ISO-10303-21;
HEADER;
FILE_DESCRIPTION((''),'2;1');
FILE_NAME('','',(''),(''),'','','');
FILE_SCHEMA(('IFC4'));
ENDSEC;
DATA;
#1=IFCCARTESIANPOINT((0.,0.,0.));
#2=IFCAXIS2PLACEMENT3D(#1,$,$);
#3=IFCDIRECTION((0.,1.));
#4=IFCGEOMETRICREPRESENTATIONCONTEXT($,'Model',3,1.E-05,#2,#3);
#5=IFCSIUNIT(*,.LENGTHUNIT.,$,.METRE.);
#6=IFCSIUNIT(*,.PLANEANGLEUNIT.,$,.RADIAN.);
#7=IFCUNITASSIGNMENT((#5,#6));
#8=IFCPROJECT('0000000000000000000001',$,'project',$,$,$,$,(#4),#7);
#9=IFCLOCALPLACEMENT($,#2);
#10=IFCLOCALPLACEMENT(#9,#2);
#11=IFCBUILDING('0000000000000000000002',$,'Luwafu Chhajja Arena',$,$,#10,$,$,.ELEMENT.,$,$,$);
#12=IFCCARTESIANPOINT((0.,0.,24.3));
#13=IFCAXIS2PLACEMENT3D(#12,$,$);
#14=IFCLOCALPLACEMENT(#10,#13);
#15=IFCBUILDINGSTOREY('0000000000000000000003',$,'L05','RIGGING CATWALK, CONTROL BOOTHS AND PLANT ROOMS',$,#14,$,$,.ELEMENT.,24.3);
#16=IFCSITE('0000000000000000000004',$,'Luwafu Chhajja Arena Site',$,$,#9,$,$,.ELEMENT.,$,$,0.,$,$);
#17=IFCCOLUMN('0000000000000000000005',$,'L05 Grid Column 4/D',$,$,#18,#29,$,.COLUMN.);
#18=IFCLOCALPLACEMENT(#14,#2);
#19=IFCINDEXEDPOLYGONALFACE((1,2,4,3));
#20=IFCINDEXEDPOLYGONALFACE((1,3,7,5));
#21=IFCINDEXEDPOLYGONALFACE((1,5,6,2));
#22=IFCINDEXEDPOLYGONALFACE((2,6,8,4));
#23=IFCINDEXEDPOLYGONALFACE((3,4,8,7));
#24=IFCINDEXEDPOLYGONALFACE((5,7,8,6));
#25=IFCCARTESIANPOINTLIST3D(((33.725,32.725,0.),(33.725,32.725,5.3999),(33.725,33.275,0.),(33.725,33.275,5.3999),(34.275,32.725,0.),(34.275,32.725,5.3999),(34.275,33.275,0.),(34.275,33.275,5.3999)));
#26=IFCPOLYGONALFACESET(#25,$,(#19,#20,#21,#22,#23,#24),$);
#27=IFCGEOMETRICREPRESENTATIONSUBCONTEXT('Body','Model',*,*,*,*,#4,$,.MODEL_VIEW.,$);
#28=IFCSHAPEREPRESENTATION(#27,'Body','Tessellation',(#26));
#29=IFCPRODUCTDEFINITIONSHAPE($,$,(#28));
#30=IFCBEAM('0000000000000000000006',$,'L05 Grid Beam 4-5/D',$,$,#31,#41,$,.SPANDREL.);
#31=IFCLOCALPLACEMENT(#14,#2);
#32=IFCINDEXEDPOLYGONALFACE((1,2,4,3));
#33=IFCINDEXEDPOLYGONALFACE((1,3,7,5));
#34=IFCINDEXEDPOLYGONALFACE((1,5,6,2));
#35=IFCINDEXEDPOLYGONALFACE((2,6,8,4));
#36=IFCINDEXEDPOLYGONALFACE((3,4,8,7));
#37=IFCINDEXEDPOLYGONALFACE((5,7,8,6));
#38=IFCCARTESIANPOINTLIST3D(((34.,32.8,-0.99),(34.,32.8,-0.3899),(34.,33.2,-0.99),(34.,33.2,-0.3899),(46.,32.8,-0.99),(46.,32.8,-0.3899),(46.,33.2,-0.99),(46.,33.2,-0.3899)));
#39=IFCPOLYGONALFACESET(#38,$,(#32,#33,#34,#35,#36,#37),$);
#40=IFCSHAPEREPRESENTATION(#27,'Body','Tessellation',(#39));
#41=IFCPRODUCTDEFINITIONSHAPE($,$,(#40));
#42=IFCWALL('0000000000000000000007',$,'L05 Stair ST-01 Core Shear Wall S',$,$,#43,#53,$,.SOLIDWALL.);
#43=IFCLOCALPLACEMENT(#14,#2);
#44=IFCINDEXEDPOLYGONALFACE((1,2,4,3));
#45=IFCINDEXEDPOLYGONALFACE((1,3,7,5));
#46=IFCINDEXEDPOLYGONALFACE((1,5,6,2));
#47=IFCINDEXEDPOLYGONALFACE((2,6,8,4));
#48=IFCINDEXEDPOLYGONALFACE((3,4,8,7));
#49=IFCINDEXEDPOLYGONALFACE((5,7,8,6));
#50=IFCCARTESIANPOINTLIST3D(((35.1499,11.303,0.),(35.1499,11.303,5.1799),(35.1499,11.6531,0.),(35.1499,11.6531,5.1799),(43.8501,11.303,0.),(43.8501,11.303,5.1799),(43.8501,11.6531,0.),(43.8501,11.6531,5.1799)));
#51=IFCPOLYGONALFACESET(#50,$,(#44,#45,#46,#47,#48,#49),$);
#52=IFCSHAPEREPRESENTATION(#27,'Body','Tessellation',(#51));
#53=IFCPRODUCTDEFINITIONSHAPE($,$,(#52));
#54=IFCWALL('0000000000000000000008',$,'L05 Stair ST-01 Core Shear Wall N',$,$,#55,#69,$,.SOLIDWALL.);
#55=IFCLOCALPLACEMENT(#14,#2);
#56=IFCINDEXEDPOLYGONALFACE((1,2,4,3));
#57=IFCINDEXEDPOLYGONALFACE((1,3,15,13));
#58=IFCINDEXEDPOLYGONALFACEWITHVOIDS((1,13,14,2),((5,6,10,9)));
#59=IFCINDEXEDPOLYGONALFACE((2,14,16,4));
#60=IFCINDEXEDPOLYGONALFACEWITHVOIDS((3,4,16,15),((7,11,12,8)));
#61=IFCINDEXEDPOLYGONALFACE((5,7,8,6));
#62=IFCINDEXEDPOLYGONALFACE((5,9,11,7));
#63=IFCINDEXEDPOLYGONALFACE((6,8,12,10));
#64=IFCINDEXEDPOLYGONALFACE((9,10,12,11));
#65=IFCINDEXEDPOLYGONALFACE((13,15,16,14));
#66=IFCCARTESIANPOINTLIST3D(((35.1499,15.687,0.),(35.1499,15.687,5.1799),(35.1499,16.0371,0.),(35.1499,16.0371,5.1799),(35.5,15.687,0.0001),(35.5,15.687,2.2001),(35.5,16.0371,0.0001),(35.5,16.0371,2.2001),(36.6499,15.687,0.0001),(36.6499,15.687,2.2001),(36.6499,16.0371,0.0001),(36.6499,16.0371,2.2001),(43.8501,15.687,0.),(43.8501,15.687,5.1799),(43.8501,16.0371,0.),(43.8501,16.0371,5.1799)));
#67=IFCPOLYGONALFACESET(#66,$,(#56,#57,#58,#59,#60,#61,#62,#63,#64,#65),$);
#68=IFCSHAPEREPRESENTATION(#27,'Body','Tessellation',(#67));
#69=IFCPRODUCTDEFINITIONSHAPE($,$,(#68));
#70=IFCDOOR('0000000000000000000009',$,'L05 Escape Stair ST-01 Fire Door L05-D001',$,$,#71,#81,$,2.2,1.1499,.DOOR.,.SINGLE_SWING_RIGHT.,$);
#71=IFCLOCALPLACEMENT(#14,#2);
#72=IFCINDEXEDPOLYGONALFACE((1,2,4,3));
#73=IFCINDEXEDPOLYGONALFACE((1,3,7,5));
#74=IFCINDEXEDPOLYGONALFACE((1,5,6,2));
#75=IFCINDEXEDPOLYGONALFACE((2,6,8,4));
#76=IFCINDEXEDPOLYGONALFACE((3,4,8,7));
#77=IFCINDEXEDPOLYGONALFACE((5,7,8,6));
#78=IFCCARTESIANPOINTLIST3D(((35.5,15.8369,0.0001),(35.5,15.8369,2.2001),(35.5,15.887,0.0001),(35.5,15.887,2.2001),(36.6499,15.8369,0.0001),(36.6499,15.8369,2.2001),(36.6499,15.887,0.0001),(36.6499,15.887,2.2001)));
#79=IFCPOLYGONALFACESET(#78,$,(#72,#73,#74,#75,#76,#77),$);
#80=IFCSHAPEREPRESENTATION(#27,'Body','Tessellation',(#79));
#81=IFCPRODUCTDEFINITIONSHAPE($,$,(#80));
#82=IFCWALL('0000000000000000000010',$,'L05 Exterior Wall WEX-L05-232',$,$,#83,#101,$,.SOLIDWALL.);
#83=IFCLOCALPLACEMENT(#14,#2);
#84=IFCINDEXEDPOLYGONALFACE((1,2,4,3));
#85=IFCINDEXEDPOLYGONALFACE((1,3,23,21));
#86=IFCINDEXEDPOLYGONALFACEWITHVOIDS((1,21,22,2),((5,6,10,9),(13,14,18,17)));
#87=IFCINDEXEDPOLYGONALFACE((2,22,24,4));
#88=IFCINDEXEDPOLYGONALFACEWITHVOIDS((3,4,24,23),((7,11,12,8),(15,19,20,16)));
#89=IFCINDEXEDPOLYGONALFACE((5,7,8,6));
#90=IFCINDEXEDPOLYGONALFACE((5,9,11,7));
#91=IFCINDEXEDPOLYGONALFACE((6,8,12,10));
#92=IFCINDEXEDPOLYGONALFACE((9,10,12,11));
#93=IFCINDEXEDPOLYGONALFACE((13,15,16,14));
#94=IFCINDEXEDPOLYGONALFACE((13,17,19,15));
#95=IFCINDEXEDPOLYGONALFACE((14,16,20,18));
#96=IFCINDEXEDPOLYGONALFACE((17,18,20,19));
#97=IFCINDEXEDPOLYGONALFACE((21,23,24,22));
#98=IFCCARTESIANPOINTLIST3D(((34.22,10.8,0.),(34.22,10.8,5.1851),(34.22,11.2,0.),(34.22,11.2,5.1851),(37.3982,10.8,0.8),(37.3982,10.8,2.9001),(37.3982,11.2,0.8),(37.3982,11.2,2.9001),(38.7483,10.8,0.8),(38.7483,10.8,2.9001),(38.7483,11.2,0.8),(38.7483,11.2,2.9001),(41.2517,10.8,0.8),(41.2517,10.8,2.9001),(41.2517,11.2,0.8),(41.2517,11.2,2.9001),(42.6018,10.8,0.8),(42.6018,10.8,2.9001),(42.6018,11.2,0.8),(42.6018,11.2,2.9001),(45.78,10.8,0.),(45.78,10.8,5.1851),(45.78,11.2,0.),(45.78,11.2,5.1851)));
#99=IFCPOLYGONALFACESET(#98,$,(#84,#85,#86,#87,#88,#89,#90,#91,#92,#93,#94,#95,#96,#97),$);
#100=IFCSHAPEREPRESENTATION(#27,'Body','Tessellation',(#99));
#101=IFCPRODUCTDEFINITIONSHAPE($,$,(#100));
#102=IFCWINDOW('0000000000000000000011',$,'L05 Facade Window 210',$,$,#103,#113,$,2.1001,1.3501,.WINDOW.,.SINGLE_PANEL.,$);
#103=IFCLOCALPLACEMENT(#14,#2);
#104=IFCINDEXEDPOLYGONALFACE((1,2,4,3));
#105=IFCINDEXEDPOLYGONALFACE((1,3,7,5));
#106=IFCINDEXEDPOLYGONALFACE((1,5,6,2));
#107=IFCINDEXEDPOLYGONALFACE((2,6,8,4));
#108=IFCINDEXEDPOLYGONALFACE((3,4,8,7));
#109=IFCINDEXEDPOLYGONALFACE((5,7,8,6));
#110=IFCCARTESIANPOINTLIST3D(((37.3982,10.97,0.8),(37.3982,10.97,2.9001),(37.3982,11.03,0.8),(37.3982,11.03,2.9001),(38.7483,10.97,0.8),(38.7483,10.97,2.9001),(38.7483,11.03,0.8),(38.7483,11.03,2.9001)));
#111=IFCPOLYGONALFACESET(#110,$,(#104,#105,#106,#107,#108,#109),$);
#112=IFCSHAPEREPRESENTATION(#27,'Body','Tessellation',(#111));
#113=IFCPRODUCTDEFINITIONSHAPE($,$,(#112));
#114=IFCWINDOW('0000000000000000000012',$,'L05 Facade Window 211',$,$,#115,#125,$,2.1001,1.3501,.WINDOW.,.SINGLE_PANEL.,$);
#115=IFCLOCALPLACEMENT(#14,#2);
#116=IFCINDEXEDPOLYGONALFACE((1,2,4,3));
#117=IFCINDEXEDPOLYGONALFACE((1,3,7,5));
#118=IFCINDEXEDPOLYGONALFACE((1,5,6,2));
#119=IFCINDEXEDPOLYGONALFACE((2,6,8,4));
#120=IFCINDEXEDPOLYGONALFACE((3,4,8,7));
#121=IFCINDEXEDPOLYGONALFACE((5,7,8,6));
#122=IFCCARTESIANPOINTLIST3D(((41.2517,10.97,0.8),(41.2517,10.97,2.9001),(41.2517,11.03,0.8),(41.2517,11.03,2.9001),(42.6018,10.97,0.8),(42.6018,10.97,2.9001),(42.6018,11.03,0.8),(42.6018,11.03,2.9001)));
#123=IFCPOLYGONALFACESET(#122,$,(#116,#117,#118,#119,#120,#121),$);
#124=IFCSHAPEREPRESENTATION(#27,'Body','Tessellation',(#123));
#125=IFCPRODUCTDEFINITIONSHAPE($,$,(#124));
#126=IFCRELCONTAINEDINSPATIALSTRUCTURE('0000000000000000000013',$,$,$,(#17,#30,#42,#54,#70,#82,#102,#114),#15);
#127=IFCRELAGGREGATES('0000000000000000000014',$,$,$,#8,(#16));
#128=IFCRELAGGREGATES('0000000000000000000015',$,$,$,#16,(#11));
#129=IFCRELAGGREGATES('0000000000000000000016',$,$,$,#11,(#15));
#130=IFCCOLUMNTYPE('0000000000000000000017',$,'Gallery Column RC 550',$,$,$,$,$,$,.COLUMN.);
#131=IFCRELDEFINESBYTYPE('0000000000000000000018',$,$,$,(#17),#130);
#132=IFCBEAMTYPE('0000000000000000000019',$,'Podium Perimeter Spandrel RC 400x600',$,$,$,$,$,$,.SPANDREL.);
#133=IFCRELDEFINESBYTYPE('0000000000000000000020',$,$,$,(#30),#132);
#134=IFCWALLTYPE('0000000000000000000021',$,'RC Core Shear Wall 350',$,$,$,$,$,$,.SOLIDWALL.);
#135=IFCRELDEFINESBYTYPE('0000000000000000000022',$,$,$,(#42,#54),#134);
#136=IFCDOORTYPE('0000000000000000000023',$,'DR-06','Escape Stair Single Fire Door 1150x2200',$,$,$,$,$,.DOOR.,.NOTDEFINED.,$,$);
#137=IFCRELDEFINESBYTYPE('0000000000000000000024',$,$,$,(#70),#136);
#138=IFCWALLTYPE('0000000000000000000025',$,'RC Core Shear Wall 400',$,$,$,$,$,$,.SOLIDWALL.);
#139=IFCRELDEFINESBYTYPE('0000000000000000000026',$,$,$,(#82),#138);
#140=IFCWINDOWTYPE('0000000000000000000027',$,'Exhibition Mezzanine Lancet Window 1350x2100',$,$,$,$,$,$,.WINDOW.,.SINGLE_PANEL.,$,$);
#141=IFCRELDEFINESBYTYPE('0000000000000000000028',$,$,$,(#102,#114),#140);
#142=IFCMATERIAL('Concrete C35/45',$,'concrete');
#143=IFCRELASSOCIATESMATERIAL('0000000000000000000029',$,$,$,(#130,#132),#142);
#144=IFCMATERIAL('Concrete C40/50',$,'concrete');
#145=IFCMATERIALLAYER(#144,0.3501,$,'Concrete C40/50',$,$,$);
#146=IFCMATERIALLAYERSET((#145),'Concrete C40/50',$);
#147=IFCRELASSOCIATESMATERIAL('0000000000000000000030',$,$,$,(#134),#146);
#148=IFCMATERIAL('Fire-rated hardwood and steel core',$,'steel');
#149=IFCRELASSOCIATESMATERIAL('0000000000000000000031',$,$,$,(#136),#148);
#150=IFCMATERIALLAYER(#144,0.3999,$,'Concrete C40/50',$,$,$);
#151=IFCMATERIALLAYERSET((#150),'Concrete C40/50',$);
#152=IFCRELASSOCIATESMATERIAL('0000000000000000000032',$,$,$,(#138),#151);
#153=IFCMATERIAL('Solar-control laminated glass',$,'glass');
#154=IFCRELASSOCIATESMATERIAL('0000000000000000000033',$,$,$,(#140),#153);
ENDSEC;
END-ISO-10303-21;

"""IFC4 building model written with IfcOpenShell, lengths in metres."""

from ifc_helpers import new_model, si_unit, direction, frame, frame_2d, origin, origin_2d, place, context, subcontext, project, spatial, rectangle, extrude, material, layer, layer_set, material_profile, profile_set, type_object, element, fill, save


model = new_model("IFC4")

# Units and contexts
model_context = context("Model", 3, precision=1e-05, world=origin(), true_north=direction((0.0, 1.0)))
body_context = subcontext(model_context, "Body", "Model", "MODEL_VIEW")
ifc_project = project(units=[si_unit("LENGTHUNIT", "METRE"), si_unit("PLANEANGLEUNIT", "RADIAN")], contexts=[model_context])

# Site, building, storey
site_placement = place(None, origin())
site = spatial("IfcSite", under=ifc_project, at=site_placement, Name="Luwafu Chhajja Arena Site", CompositionType="ELEMENT", RefElevation=0.0)
building_placement = place(site_placement, origin())
building = spatial("IfcBuilding", under=site, at=building_placement, Name="Luwafu Chhajja Arena", CompositionType="ELEMENT")
storey_placement = place(building_placement, frame((0.0, 0.0, 24.3)))
storey = spatial("IfcBuildingStorey", under=building, at=storey_placement, Name="L05", Description="RIGGING CATWALK, CONTROL BOOTHS AND PLANT ROOMS", CompositionType="ELEMENT", Elevation=24.3)

# Column
ifc_material_1 = material(Name="Concrete C35/45", Category="concrete")
ifc_material_profile_1 = material_profile(ifc_material_1, rectangle(XDim=0.55, YDim=0.55, at=origin_2d()), Name="RC 550x550")
ifc_profile_set_1 = profile_set([ifc_material_profile_1], Name="Concrete C35/45")
column_type = type_object("IfcColumnType", Name="Gallery Column RC 550", PredefinedType="COLUMN", material=ifc_profile_set_1)
column_placement = place(storey_placement, frame((34.0, 33.0, 0.0), z_axis=(0.0, 0.0, 1.0), x_axis=(1.0, 0.0, 0.0)))
element("IfcColumn", 1, at=column_placement, inside=storey, type_object=column_type, Name="L05 Grid Column 4/D", PredefinedType="COLUMN", context=body_context, shape_type="SweptSolid", body=[
    extrude(rectangle(XDim=0.55, YDim=0.55, at=origin_2d()), origin(), (0.0, 0.0, 1.0), 5.3999),
])

# Beam
ifc_material_profile_2 = material_profile(ifc_material_1, rectangle(XDim=0.3999, YDim=0.6001, at=origin_2d()), Name="RC 400x600")
ifc_profile_set_2 = profile_set([ifc_material_profile_2], Name="Concrete C35/45")
beam_type = type_object("IfcBeamType", Name="Podium Perimeter Spandrel RC 400x600", PredefinedType="SPANDREL", material=ifc_profile_set_2)
beam_placement = place(storey_placement, frame((34.0, 33.0, -0.6899), z_axis=(1.0, 0.0, 0.0), x_axis=(0.0, 1.0, 0.0)))
element("IfcBeam", 2, at=beam_placement, inside=storey, type_object=beam_type, Name="L05 Grid Beam 4-5/D", PredefinedType="SPANDREL", context=body_context, shape_type="SweptSolid", body=[
    extrude(rectangle(XDim=0.3999, YDim=0.6001, at=origin_2d()), origin(), (0.0, 0.0, 1.0), 12.0),
])

# Wall
ifc_material_2 = material(Name="Concrete C40/50", Category="concrete")
ifc_layer_1 = layer(ifc_material_2, 0.3501, Name="Concrete C40/50")
ifc_layer_set_1 = layer_set([ifc_layer_1], Name="Concrete C40/50")
wall_type_1 = type_object("IfcWallType", Name="RC Core Shear Wall 350", PredefinedType="SOLIDWALL", material=ifc_layer_set_1)
wall_1_placement = place(storey_placement, frame((35.1499, 11.478, 0.0), z_axis=(0.0, 0.0, 1.0), x_axis=(1.0, 0.0, 0.0)))
element("IfcWall", 3, at=wall_1_placement, inside=storey, type_object=wall_type_1, Name="L05 Stair ST-01 Core Shear Wall S", PredefinedType="SOLIDWALL", context=body_context, shape_type="SweptSolid", body=[
    extrude(rectangle(XDim=8.7002, YDim=0.3501, at=frame_2d((4.3501, 0.0))), origin(), (0.0, 0.0, 1.0), 5.1799),
])

# Wall, opening, door
wall_2_placement = place(storey_placement, frame((35.1499, 15.8621, 0.0), z_axis=(0.0, 0.0, 1.0), x_axis=(1.0, 0.0, 0.0)))
wall_2 = element("IfcWall", 4, at=wall_2_placement, inside=storey, type_object=wall_type_1, Name="L05 Stair ST-01 Core Shear Wall N", PredefinedType="SOLIDWALL", context=body_context, shape_type="SweptSolid", body=[
    extrude(rectangle(XDim=8.7002, YDim=0.3501, at=frame_2d((4.3501, 0.0))), origin(), (0.0, 0.0, 1.0), 5.1799),
])
opening_1_placement = place(wall_2_placement, frame((0.3501, 0.0, 0.0)))
opening_1 = element("IfcOpeningElement", 5, at=opening_1_placement, cuts=wall_2, PredefinedType="OPENING", context=body_context, shape_type="SweptSolid", body=[
    extrude(rectangle(XDim=1.1499, YDim=2.2, at=frame_2d((0.575, 1.1001))), frame((0.0, 0.1851, 0.0), z_axis=(0.0, -1.0, 0.0), x_axis=(1.0, 0.0, 0.0)), (0.0, 0.0, 1.0), 0.3701),
])
ifc_material_3 = material(Name="Fire-rated hardwood and steel core", Category="steel")
door_type = type_object("IfcDoorType", Name="DR-06", Description="Escape Stair Single Fire Door 1150x2200", OperationType="NOTDEFINED", PredefinedType="DOOR", material=ifc_material_3)
door_placement = place(opening_1_placement, origin())
door = element("IfcDoor", 6, at=door_placement, inside=storey, type_object=door_type, Name="L05 Escape Stair ST-01 Fire Door L05-D001", OperationType="SINGLE_SWING_RIGHT", OverallHeight=2.2, OverallWidth=1.1499, PredefinedType="DOOR", context=body_context, shape_type="SweptSolid", body=[
    extrude(rectangle(XDim=1.1499, YDim=2.2, at=frame_2d((0.575, 1.1001))), frame((0.0, 0.0249, 0.0), z_axis=(0.0, -1.0, 0.0), x_axis=(1.0, 0.0, 0.0)), (0.0, 0.0, 1.0), 0.05),
])
fill(opening_1, door)

# Wall, openings, windows
ifc_layer_2 = layer(ifc_material_2, 0.3999, Name="Concrete C40/50")
ifc_layer_set_2 = layer_set([ifc_layer_2], Name="Concrete C40/50")
wall_type_2 = type_object("IfcWallType", Name="RC Core Shear Wall 400", PredefinedType="SOLIDWALL", material=ifc_layer_set_2)
wall_3_placement = place(storey_placement, frame((34.22, 11.0, 0.0), z_axis=(0.0, 0.0, 1.0), x_axis=(1.0, 0.0, 0.0)))
wall_3 = element("IfcWall", 7, at=wall_3_placement, inside=storey, type_object=wall_type_2, Name="L05 Exterior Wall WEX-L05-232", PredefinedType="SOLIDWALL", context=body_context, shape_type="SweptSolid", body=[
    extrude(rectangle(XDim=11.5601, YDim=0.3999, at=frame_2d((5.78, 0.0))), origin(), (0.0, 0.0, 1.0), 5.1851),
])
opening_2_placement = place(wall_3_placement, frame((3.1782, 0.0, 0.8)))
opening_2 = element("IfcOpeningElement", 8, at=opening_2_placement, cuts=wall_3, PredefinedType="OPENING", context=body_context, shape_type="SweptSolid", body=[
    extrude(rectangle(XDim=1.3501, YDim=2.1001, at=frame_2d((0.675, 1.05))), frame((0.0, 0.21, 0.0), z_axis=(0.0, -1.0, 0.0), x_axis=(1.0, 0.0, 0.0)), (0.0, 0.0, 1.0), 0.4199),
])
opening_3_placement = place(wall_3_placement, frame((7.0317, 0.0, 0.8)))
opening_3 = element("IfcOpeningElement", 9, at=opening_3_placement, cuts=wall_3, PredefinedType="OPENING", context=body_context, shape_type="SweptSolid", body=[
    extrude(rectangle(XDim=1.3501, YDim=2.1001, at=frame_2d((0.675, 1.05))), frame((0.0, 0.21, 0.0), z_axis=(0.0, -1.0, 0.0), x_axis=(1.0, 0.0, 0.0)), (0.0, 0.0, 1.0), 0.4199),
])
ifc_material_4 = material(Name="Solar-control laminated glass", Category="glass")
window_type = type_object("IfcWindowType", Name="Exhibition Mezzanine Lancet Window 1350x2100", PartitioningType="SINGLE_PANEL", PredefinedType="WINDOW", material=ifc_material_4)
window_1_placement = place(opening_2_placement, origin())
window_1 = element("IfcWindow", 10, at=window_1_placement, inside=storey, type_object=window_type, Name="L05 Facade Window 210", OverallHeight=2.1001, OverallWidth=1.3501, PartitioningType="SINGLE_PANEL", PredefinedType="WINDOW", context=body_context, shape_type="SweptSolid", body=[
    extrude(rectangle(XDim=1.3501, YDim=2.1001, at=frame_2d((0.675, 1.05))), frame((0.0, 0.03, 0.0), z_axis=(0.0, -1.0, 0.0), x_axis=(1.0, 0.0, 0.0)), (0.0, 0.0, 1.0), 0.0601),
])
fill(opening_2, window_1)
window_2_placement = place(opening_3_placement, origin())
window_2 = element("IfcWindow", 11, at=window_2_placement, inside=storey, type_object=window_type, Name="L05 Facade Window 211", OverallHeight=2.1001, OverallWidth=1.3501, PartitioningType="SINGLE_PANEL", PredefinedType="WINDOW", context=body_context, shape_type="SweptSolid", body=[
    extrude(rectangle(XDim=1.3501, YDim=2.1001, at=frame_2d((0.675, 1.05))), frame((0.0, 0.03, 0.0), z_axis=(0.0, -1.0, 0.0), x_axis=(1.0, 0.0, 0.0)), (0.0, 0.0, 1.0), 0.0601),
])
fill(opening_3, window_2)

save(model, "model.ifc")
